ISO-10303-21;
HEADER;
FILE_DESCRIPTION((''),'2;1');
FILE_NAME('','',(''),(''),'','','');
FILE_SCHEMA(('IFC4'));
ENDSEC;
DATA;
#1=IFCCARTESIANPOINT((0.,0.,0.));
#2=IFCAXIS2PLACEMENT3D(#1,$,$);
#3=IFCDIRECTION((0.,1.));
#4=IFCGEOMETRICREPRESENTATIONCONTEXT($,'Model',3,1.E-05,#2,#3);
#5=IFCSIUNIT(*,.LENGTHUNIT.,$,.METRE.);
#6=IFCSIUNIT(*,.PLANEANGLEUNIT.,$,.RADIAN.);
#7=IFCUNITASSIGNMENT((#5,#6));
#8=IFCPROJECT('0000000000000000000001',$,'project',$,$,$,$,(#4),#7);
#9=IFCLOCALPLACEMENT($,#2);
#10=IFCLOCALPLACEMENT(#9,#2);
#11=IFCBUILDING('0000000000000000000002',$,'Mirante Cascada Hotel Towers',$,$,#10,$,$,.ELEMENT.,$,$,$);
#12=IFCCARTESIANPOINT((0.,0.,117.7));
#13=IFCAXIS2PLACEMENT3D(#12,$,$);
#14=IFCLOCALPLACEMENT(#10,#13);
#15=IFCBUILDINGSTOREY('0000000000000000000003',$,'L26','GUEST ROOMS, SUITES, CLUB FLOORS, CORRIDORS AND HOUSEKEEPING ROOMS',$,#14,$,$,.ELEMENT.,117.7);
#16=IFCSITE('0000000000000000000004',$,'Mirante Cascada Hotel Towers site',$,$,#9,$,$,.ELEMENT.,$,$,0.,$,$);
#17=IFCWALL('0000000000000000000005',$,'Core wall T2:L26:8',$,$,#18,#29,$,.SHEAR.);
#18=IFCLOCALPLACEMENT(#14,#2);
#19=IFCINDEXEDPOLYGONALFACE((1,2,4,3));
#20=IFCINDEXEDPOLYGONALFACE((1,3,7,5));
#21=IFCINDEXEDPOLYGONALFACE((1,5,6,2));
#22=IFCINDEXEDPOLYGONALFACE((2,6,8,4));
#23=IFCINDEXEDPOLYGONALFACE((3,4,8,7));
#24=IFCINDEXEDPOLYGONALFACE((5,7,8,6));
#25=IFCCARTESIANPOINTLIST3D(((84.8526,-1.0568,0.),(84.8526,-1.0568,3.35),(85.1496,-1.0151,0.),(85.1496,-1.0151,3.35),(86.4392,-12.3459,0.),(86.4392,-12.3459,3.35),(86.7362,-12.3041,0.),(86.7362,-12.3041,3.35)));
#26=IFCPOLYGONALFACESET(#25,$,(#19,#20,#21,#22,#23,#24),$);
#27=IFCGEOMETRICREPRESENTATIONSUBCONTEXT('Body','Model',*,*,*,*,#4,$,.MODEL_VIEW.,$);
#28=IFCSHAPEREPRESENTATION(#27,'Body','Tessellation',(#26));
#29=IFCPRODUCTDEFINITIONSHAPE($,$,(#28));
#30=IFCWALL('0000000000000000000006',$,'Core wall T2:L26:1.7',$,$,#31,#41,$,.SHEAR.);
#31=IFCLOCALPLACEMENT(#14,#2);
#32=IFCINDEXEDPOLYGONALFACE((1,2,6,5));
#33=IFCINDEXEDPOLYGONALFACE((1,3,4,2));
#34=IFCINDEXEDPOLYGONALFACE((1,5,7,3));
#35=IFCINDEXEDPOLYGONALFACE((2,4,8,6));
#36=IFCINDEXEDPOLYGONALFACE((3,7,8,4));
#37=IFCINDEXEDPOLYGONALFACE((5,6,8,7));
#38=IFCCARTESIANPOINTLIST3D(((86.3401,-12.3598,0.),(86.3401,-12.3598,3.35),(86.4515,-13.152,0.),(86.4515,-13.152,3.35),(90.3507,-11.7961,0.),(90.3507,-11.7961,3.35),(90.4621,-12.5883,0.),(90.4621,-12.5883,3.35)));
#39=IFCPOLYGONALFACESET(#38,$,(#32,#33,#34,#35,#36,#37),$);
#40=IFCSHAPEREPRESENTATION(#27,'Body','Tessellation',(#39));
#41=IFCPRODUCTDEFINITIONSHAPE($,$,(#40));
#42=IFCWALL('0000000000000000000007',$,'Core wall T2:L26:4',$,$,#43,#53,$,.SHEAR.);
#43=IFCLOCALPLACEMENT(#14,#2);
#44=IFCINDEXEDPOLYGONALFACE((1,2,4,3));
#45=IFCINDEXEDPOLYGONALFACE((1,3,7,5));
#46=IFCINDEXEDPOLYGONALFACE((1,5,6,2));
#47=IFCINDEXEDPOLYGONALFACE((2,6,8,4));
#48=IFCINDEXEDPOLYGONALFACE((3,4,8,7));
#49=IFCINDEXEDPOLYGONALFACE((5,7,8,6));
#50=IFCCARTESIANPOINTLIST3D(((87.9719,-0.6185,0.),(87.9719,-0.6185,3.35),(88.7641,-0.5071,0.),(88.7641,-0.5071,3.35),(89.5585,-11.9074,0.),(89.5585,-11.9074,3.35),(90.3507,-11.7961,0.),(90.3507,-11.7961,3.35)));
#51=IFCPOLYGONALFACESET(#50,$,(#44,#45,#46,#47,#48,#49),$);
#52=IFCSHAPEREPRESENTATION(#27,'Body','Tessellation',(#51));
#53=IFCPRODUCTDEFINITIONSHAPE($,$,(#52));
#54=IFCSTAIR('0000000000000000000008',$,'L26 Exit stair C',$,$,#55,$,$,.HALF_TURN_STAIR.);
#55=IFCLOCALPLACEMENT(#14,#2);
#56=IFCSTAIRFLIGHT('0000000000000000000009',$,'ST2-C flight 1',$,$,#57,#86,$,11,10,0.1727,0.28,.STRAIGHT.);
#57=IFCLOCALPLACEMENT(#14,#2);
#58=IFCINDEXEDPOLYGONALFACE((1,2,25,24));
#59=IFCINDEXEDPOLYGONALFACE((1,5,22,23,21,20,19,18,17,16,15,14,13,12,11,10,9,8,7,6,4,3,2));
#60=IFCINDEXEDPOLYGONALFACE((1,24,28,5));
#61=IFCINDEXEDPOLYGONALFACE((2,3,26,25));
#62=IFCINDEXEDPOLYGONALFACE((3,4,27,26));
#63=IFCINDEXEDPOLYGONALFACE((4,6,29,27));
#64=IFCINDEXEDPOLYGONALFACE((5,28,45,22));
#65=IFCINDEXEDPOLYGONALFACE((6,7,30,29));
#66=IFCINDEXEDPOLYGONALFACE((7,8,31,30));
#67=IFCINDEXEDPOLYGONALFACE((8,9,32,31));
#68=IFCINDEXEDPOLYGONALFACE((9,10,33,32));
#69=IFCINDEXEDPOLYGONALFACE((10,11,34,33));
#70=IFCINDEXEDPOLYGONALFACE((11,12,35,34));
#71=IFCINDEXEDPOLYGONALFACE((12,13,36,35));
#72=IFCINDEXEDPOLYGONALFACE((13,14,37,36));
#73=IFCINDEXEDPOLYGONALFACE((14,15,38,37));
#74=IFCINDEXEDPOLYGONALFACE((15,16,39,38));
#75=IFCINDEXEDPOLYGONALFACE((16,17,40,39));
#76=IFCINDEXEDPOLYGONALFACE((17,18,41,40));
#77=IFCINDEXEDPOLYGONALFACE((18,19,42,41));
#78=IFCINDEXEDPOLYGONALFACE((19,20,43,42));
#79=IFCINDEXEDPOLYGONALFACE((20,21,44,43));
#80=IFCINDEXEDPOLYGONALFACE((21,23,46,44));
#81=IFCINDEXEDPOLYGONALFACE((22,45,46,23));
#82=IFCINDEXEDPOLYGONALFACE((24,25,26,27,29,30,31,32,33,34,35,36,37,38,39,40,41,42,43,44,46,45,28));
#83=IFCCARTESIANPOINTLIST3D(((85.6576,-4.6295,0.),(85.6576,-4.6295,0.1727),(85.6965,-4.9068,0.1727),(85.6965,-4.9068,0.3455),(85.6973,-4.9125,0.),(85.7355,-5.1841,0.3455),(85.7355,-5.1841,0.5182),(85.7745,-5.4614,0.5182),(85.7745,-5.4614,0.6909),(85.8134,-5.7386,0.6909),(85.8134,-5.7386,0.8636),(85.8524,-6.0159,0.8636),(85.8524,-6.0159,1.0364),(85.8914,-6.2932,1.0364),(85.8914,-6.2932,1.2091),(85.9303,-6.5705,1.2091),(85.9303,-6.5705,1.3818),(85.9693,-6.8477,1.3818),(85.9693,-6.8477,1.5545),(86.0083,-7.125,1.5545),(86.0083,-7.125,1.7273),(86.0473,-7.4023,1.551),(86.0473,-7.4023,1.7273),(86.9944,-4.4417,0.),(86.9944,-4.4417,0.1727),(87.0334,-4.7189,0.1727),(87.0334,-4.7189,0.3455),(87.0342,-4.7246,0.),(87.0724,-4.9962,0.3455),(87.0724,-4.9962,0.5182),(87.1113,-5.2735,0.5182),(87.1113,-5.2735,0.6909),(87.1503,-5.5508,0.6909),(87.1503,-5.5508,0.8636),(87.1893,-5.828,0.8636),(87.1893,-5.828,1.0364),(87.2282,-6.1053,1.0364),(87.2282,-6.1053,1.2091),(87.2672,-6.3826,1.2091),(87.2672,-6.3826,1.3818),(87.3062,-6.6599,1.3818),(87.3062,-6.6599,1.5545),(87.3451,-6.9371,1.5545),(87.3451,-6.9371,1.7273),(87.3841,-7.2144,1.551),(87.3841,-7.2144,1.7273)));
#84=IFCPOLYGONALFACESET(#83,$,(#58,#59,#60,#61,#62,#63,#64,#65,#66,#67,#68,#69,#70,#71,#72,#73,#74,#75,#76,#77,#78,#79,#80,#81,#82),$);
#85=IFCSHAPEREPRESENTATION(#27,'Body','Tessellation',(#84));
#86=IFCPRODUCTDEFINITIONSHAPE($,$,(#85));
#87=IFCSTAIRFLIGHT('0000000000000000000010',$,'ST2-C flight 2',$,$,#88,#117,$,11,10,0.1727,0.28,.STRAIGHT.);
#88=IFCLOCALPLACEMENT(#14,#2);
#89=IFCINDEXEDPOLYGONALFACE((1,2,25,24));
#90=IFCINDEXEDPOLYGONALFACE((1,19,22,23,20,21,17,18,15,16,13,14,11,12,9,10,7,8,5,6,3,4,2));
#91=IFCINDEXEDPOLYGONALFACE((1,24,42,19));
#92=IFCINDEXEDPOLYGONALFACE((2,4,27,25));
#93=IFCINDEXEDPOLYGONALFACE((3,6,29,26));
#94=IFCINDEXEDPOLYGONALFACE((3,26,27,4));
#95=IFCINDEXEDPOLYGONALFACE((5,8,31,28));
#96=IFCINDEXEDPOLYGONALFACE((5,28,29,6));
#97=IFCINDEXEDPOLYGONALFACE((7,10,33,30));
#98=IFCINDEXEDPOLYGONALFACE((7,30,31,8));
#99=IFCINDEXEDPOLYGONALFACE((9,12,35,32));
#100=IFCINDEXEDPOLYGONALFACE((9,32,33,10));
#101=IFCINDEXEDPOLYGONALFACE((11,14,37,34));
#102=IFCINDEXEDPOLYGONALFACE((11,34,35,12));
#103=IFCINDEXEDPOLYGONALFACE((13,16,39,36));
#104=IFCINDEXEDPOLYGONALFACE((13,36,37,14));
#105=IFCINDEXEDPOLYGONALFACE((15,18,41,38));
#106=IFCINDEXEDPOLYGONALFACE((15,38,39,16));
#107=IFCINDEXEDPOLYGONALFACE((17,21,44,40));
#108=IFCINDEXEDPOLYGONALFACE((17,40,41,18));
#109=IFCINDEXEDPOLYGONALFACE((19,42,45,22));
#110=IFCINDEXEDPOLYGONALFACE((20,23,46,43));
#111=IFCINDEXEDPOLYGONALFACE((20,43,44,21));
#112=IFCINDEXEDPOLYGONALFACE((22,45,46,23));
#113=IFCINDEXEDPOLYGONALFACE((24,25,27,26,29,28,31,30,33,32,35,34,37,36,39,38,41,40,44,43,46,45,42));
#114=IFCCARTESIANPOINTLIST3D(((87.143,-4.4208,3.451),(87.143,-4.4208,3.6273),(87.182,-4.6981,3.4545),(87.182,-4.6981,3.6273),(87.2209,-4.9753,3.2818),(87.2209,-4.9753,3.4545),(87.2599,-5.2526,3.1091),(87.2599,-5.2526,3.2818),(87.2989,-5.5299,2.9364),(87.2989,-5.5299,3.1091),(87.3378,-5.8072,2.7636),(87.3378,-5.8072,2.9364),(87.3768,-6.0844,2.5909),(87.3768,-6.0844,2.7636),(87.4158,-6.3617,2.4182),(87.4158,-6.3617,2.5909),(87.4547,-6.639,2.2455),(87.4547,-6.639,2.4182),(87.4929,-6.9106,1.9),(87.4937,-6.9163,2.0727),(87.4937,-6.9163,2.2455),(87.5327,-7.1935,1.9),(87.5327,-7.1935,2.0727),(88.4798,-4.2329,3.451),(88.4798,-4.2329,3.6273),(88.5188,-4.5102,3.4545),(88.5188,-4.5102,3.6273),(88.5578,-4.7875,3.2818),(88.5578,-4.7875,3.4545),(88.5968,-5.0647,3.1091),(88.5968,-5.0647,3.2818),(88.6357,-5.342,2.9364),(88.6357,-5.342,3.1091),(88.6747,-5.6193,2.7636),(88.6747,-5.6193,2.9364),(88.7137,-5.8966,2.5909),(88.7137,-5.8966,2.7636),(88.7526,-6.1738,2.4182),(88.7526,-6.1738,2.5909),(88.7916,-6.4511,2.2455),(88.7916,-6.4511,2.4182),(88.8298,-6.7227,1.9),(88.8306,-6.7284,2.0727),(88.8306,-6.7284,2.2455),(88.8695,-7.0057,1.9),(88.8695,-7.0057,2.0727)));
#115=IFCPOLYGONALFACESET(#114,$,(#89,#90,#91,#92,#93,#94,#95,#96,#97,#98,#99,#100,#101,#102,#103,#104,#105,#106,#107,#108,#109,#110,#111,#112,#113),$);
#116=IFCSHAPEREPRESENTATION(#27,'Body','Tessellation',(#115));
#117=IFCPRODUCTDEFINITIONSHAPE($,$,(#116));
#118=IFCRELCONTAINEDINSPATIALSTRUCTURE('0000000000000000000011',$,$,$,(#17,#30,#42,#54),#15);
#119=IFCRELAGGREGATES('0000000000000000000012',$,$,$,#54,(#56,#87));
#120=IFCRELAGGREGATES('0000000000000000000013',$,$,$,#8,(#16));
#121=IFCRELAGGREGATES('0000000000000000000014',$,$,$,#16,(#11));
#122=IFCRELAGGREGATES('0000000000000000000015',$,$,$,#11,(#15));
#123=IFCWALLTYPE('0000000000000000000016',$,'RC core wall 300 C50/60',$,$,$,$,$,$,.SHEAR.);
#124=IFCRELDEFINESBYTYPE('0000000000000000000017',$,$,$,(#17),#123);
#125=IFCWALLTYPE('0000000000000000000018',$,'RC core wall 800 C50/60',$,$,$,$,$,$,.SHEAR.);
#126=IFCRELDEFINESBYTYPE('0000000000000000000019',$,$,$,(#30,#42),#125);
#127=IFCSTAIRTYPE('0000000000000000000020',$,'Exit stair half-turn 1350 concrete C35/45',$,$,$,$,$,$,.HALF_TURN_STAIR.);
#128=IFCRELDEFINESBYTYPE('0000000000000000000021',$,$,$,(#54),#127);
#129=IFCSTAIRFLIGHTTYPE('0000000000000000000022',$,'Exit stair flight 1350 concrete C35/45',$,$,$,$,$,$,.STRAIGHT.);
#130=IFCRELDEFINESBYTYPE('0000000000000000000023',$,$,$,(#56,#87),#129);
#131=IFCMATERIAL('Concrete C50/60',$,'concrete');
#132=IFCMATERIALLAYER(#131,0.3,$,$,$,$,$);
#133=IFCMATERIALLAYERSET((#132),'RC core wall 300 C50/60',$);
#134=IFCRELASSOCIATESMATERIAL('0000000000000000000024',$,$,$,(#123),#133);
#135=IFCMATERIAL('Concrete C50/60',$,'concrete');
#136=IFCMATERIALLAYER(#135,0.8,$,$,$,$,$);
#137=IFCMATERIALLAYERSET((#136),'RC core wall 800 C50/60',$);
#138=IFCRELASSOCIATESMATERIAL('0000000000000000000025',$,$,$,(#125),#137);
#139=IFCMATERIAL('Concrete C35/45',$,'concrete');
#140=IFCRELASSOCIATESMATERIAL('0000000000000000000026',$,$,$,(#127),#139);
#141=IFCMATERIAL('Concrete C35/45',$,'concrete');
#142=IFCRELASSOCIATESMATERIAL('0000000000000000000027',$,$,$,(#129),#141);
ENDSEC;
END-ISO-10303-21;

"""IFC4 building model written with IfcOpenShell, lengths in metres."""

from ifc_helpers import new_model, si_unit, direction, frame, frame_2d, origin, place, context, subcontext, project, spatial, polyline, rectangle, outline, extrude, material, layer, layer_set, type_object, element, aggregate, save


model = new_model("IFC4")

# Units and contexts
model_context = context("Model", 3, precision=1e-05, world=origin(), true_north=direction((0.0, 1.0)))
body_context = subcontext(model_context, "Body", "Model", "MODEL_VIEW")
ifc_project = project(units=[si_unit("LENGTHUNIT", "METRE"), si_unit("PLANEANGLEUNIT", "RADIAN")], contexts=[model_context])

# Site, building, storey
site_placement = place(None, origin())
site = spatial("IfcSite", under=ifc_project, at=site_placement, Name="Mirante Cascada Hotel Towers site", CompositionType="ELEMENT", RefElevation=0.0)
building_placement = place(site_placement, origin())
building = spatial("IfcBuilding", under=site, at=building_placement, Name="Mirante Cascada Hotel Towers", CompositionType="ELEMENT")
storey_placement = place(building_placement, frame((0.0, 0.0, 117.7)))
storey = spatial("IfcBuildingStorey", under=building, at=storey_placement, Name="L26", Description="GUEST ROOMS, SUITES, CLUB FLOORS, CORRIDORS AND HOUSEKEEPING ROOMS", CompositionType="ELEMENT", Elevation=117.7)

# Walls
ifc_material_1 = material(Name="Concrete C50/60", Category="concrete")
ifc_layer_1 = layer(ifc_material_1, 0.3)
ifc_layer_set_1 = layer_set([ifc_layer_1], Name="RC core wall 300 C50/60")
wall_type_1 = type_object("IfcWallType", Name="RC core wall 300 C50/60", PredefinedType="SHEAR", material=ifc_layer_set_1)
wall_1_placement = place(storey_placement, frame((86.5877, -12.325, 0.0), z_axis=(0.0, 0.0, 1.0), x_axis=(-0.139175, 0.990268, 0.0)))
element("IfcWall", 1, at=wall_1_placement, inside=storey, type_object=wall_type_1, Name="Core wall T2:L26:8", PredefinedType="SHEAR", context=body_context, shape_type="SweptSolid", body=[
    extrude(rectangle(XDim=11.4, YDim=0.3, at=frame_2d((5.7, 0.0))), origin(), (0.0, 0.0, 1.0), 3.35),
])
ifc_material_2 = material(Name="Concrete C50/60", Category="concrete")
ifc_layer_2 = layer(ifc_material_2, 0.8)
ifc_layer_set_2 = layer_set([ifc_layer_2], Name="RC core wall 800 C50/60")
wall_type_2 = type_object("IfcWallType", Name="RC core wall 800 C50/60", PredefinedType="SHEAR", material=ifc_layer_set_2)
wall_2_placement = place(storey_placement, frame((86.3958, -12.7559, 0.0), z_axis=(0.0, 0.0, 1.0), x_axis=(0.990267, 0.139184, 0.0)))
element("IfcWall", 2, at=wall_2_placement, inside=storey, type_object=wall_type_2, Name="Core wall T2:L26:1.7", PredefinedType="SHEAR", context=body_context, shape_type="SweptSolid", body=[
    extrude(rectangle(XDim=4.05, YDim=0.8, at=frame_2d((2.025, 0.0))), origin(), (0.0, 0.0, 1.0), 3.35),
])
wall_3_placement = place(storey_placement, frame((89.9546, -11.8518, 0.0), z_axis=(0.0, 0.0, 1.0), x_axis=(-0.139176, 0.990268, 0.0)))
element("IfcWall", 3, at=wall_3_placement, inside=storey, type_object=wall_type_2, Name="Core wall T2:L26:4", PredefinedType="SHEAR", context=body_context, shape_type="SweptSolid", body=[
    extrude(rectangle(XDim=11.3999, YDim=0.8, at=frame_2d((5.7, 0.0))), origin(), (0.0, 0.0, 1.0), 3.35),
])

# Stair, stair flights
ifc_material_3 = material(Name="Concrete C35/45", Category="concrete")
stair_type = type_object("IfcStairType", Name="Exit stair half-turn 1350 concrete C35/45", PredefinedType="HALF_TURN_STAIR", material=ifc_material_3)
stair_placement = place(storey_placement, origin())
stair = element("IfcStair", 4, at=stair_placement, inside=storey, type_object=stair_type, Name="L26 Exit stair C", PredefinedType="HALF_TURN_STAIR")
ifc_material_4 = material(Name="Concrete C35/45", Category="concrete")
stair_flight_type = type_object("IfcStairFlightType", Name="Exit stair flight 1350 concrete C35/45", PredefinedType="STRAIGHT", material=ifc_material_4)
stair_flight_1_placement = place(storey_placement, frame((86.326, -4.5356, 0.0), z_axis=(0.0, 0.0, 1.0), x_axis=(0.139173, -0.990268, 0.0)))
stair_flight_1 = element("IfcStairFlight", 5, at=stair_flight_1_placement, type_object=stair_flight_type, Name="ST2-C flight 1", NumberOfRisers=11, NumberOfTreads=10, PredefinedType="STRAIGHT", RiserHeight=0.1727, TreadLength=0.28, context=body_context, shape_type="SweptSolid", body=[
    extrude(outline(polyline([(0.0, 0.0), (0.0, 0.1727), (0.28, 0.1727), (0.28, 0.3455), (0.56, 0.3455), (0.56, 0.5182), (0.84, 0.5182), (0.84, 0.6909), (1.12, 0.6909), (1.12, 0.8636), (1.4, 0.8636), (1.4, 1.0364), (1.68, 1.0364), (1.68, 1.2091), (1.96, 1.2091), (1.96, 1.3818), (2.24, 1.3818), (2.24, 1.5545), (2.52, 1.5545), (2.52, 1.7273), (2.8, 1.7273), (2.8, 1.9), (2.8, 1.551), (0.2857, 0.0), (0.0, 0.0)])), frame((0.0, 0.675, 0.0), z_axis=(0.0, -1.0, 0.0), x_axis=(1.0, 0.0, 0.0)), (0.0, 0.0, 1.0), 1.35),
])
stair_flight_2_placement = place(storey_placement, frame((88.2011, -7.0996, 1.9), z_axis=(0.0, 0.0, 1.0), x_axis=(-0.139173, 0.990268, 0.0)))
stair_flight_2 = element("IfcStairFlight", 6, at=stair_flight_2_placement, type_object=stair_flight_type, Name="ST2-C flight 2", NumberOfRisers=11, NumberOfTreads=10, PredefinedType="STRAIGHT", RiserHeight=0.1727, TreadLength=0.28, context=body_context, shape_type="SweptSolid", body=[
    extrude(outline(polyline([(0.0, 0.0), (0.0, 0.1727), (0.28, 0.1727), (0.28, 0.3455), (0.56, 0.3455), (0.56, 0.5182), (0.84, 0.5182), (0.84, 0.6909), (1.12, 0.6909), (1.12, 0.8636), (1.4, 0.8636), (1.4, 1.0364), (1.68, 1.0364), (1.68, 1.2091), (1.96, 1.2091), (1.96, 1.3818), (2.24, 1.3818), (2.24, 1.5545), (2.52, 1.5545), (2.52, 1.7273), (2.8, 1.7273), (2.8, 1.9), (2.8, 1.551), (0.2857, 0.0), (0.0, 0.0)])), frame((0.0, 0.675, 0.0), z_axis=(0.0, -1.0, 0.0), x_axis=(1.0, 0.0, 0.0)), (0.0, 0.0, 1.0), 1.35),
])
aggregate(stair, [stair_flight_1, stair_flight_2])

save(model, "model.ifc")
